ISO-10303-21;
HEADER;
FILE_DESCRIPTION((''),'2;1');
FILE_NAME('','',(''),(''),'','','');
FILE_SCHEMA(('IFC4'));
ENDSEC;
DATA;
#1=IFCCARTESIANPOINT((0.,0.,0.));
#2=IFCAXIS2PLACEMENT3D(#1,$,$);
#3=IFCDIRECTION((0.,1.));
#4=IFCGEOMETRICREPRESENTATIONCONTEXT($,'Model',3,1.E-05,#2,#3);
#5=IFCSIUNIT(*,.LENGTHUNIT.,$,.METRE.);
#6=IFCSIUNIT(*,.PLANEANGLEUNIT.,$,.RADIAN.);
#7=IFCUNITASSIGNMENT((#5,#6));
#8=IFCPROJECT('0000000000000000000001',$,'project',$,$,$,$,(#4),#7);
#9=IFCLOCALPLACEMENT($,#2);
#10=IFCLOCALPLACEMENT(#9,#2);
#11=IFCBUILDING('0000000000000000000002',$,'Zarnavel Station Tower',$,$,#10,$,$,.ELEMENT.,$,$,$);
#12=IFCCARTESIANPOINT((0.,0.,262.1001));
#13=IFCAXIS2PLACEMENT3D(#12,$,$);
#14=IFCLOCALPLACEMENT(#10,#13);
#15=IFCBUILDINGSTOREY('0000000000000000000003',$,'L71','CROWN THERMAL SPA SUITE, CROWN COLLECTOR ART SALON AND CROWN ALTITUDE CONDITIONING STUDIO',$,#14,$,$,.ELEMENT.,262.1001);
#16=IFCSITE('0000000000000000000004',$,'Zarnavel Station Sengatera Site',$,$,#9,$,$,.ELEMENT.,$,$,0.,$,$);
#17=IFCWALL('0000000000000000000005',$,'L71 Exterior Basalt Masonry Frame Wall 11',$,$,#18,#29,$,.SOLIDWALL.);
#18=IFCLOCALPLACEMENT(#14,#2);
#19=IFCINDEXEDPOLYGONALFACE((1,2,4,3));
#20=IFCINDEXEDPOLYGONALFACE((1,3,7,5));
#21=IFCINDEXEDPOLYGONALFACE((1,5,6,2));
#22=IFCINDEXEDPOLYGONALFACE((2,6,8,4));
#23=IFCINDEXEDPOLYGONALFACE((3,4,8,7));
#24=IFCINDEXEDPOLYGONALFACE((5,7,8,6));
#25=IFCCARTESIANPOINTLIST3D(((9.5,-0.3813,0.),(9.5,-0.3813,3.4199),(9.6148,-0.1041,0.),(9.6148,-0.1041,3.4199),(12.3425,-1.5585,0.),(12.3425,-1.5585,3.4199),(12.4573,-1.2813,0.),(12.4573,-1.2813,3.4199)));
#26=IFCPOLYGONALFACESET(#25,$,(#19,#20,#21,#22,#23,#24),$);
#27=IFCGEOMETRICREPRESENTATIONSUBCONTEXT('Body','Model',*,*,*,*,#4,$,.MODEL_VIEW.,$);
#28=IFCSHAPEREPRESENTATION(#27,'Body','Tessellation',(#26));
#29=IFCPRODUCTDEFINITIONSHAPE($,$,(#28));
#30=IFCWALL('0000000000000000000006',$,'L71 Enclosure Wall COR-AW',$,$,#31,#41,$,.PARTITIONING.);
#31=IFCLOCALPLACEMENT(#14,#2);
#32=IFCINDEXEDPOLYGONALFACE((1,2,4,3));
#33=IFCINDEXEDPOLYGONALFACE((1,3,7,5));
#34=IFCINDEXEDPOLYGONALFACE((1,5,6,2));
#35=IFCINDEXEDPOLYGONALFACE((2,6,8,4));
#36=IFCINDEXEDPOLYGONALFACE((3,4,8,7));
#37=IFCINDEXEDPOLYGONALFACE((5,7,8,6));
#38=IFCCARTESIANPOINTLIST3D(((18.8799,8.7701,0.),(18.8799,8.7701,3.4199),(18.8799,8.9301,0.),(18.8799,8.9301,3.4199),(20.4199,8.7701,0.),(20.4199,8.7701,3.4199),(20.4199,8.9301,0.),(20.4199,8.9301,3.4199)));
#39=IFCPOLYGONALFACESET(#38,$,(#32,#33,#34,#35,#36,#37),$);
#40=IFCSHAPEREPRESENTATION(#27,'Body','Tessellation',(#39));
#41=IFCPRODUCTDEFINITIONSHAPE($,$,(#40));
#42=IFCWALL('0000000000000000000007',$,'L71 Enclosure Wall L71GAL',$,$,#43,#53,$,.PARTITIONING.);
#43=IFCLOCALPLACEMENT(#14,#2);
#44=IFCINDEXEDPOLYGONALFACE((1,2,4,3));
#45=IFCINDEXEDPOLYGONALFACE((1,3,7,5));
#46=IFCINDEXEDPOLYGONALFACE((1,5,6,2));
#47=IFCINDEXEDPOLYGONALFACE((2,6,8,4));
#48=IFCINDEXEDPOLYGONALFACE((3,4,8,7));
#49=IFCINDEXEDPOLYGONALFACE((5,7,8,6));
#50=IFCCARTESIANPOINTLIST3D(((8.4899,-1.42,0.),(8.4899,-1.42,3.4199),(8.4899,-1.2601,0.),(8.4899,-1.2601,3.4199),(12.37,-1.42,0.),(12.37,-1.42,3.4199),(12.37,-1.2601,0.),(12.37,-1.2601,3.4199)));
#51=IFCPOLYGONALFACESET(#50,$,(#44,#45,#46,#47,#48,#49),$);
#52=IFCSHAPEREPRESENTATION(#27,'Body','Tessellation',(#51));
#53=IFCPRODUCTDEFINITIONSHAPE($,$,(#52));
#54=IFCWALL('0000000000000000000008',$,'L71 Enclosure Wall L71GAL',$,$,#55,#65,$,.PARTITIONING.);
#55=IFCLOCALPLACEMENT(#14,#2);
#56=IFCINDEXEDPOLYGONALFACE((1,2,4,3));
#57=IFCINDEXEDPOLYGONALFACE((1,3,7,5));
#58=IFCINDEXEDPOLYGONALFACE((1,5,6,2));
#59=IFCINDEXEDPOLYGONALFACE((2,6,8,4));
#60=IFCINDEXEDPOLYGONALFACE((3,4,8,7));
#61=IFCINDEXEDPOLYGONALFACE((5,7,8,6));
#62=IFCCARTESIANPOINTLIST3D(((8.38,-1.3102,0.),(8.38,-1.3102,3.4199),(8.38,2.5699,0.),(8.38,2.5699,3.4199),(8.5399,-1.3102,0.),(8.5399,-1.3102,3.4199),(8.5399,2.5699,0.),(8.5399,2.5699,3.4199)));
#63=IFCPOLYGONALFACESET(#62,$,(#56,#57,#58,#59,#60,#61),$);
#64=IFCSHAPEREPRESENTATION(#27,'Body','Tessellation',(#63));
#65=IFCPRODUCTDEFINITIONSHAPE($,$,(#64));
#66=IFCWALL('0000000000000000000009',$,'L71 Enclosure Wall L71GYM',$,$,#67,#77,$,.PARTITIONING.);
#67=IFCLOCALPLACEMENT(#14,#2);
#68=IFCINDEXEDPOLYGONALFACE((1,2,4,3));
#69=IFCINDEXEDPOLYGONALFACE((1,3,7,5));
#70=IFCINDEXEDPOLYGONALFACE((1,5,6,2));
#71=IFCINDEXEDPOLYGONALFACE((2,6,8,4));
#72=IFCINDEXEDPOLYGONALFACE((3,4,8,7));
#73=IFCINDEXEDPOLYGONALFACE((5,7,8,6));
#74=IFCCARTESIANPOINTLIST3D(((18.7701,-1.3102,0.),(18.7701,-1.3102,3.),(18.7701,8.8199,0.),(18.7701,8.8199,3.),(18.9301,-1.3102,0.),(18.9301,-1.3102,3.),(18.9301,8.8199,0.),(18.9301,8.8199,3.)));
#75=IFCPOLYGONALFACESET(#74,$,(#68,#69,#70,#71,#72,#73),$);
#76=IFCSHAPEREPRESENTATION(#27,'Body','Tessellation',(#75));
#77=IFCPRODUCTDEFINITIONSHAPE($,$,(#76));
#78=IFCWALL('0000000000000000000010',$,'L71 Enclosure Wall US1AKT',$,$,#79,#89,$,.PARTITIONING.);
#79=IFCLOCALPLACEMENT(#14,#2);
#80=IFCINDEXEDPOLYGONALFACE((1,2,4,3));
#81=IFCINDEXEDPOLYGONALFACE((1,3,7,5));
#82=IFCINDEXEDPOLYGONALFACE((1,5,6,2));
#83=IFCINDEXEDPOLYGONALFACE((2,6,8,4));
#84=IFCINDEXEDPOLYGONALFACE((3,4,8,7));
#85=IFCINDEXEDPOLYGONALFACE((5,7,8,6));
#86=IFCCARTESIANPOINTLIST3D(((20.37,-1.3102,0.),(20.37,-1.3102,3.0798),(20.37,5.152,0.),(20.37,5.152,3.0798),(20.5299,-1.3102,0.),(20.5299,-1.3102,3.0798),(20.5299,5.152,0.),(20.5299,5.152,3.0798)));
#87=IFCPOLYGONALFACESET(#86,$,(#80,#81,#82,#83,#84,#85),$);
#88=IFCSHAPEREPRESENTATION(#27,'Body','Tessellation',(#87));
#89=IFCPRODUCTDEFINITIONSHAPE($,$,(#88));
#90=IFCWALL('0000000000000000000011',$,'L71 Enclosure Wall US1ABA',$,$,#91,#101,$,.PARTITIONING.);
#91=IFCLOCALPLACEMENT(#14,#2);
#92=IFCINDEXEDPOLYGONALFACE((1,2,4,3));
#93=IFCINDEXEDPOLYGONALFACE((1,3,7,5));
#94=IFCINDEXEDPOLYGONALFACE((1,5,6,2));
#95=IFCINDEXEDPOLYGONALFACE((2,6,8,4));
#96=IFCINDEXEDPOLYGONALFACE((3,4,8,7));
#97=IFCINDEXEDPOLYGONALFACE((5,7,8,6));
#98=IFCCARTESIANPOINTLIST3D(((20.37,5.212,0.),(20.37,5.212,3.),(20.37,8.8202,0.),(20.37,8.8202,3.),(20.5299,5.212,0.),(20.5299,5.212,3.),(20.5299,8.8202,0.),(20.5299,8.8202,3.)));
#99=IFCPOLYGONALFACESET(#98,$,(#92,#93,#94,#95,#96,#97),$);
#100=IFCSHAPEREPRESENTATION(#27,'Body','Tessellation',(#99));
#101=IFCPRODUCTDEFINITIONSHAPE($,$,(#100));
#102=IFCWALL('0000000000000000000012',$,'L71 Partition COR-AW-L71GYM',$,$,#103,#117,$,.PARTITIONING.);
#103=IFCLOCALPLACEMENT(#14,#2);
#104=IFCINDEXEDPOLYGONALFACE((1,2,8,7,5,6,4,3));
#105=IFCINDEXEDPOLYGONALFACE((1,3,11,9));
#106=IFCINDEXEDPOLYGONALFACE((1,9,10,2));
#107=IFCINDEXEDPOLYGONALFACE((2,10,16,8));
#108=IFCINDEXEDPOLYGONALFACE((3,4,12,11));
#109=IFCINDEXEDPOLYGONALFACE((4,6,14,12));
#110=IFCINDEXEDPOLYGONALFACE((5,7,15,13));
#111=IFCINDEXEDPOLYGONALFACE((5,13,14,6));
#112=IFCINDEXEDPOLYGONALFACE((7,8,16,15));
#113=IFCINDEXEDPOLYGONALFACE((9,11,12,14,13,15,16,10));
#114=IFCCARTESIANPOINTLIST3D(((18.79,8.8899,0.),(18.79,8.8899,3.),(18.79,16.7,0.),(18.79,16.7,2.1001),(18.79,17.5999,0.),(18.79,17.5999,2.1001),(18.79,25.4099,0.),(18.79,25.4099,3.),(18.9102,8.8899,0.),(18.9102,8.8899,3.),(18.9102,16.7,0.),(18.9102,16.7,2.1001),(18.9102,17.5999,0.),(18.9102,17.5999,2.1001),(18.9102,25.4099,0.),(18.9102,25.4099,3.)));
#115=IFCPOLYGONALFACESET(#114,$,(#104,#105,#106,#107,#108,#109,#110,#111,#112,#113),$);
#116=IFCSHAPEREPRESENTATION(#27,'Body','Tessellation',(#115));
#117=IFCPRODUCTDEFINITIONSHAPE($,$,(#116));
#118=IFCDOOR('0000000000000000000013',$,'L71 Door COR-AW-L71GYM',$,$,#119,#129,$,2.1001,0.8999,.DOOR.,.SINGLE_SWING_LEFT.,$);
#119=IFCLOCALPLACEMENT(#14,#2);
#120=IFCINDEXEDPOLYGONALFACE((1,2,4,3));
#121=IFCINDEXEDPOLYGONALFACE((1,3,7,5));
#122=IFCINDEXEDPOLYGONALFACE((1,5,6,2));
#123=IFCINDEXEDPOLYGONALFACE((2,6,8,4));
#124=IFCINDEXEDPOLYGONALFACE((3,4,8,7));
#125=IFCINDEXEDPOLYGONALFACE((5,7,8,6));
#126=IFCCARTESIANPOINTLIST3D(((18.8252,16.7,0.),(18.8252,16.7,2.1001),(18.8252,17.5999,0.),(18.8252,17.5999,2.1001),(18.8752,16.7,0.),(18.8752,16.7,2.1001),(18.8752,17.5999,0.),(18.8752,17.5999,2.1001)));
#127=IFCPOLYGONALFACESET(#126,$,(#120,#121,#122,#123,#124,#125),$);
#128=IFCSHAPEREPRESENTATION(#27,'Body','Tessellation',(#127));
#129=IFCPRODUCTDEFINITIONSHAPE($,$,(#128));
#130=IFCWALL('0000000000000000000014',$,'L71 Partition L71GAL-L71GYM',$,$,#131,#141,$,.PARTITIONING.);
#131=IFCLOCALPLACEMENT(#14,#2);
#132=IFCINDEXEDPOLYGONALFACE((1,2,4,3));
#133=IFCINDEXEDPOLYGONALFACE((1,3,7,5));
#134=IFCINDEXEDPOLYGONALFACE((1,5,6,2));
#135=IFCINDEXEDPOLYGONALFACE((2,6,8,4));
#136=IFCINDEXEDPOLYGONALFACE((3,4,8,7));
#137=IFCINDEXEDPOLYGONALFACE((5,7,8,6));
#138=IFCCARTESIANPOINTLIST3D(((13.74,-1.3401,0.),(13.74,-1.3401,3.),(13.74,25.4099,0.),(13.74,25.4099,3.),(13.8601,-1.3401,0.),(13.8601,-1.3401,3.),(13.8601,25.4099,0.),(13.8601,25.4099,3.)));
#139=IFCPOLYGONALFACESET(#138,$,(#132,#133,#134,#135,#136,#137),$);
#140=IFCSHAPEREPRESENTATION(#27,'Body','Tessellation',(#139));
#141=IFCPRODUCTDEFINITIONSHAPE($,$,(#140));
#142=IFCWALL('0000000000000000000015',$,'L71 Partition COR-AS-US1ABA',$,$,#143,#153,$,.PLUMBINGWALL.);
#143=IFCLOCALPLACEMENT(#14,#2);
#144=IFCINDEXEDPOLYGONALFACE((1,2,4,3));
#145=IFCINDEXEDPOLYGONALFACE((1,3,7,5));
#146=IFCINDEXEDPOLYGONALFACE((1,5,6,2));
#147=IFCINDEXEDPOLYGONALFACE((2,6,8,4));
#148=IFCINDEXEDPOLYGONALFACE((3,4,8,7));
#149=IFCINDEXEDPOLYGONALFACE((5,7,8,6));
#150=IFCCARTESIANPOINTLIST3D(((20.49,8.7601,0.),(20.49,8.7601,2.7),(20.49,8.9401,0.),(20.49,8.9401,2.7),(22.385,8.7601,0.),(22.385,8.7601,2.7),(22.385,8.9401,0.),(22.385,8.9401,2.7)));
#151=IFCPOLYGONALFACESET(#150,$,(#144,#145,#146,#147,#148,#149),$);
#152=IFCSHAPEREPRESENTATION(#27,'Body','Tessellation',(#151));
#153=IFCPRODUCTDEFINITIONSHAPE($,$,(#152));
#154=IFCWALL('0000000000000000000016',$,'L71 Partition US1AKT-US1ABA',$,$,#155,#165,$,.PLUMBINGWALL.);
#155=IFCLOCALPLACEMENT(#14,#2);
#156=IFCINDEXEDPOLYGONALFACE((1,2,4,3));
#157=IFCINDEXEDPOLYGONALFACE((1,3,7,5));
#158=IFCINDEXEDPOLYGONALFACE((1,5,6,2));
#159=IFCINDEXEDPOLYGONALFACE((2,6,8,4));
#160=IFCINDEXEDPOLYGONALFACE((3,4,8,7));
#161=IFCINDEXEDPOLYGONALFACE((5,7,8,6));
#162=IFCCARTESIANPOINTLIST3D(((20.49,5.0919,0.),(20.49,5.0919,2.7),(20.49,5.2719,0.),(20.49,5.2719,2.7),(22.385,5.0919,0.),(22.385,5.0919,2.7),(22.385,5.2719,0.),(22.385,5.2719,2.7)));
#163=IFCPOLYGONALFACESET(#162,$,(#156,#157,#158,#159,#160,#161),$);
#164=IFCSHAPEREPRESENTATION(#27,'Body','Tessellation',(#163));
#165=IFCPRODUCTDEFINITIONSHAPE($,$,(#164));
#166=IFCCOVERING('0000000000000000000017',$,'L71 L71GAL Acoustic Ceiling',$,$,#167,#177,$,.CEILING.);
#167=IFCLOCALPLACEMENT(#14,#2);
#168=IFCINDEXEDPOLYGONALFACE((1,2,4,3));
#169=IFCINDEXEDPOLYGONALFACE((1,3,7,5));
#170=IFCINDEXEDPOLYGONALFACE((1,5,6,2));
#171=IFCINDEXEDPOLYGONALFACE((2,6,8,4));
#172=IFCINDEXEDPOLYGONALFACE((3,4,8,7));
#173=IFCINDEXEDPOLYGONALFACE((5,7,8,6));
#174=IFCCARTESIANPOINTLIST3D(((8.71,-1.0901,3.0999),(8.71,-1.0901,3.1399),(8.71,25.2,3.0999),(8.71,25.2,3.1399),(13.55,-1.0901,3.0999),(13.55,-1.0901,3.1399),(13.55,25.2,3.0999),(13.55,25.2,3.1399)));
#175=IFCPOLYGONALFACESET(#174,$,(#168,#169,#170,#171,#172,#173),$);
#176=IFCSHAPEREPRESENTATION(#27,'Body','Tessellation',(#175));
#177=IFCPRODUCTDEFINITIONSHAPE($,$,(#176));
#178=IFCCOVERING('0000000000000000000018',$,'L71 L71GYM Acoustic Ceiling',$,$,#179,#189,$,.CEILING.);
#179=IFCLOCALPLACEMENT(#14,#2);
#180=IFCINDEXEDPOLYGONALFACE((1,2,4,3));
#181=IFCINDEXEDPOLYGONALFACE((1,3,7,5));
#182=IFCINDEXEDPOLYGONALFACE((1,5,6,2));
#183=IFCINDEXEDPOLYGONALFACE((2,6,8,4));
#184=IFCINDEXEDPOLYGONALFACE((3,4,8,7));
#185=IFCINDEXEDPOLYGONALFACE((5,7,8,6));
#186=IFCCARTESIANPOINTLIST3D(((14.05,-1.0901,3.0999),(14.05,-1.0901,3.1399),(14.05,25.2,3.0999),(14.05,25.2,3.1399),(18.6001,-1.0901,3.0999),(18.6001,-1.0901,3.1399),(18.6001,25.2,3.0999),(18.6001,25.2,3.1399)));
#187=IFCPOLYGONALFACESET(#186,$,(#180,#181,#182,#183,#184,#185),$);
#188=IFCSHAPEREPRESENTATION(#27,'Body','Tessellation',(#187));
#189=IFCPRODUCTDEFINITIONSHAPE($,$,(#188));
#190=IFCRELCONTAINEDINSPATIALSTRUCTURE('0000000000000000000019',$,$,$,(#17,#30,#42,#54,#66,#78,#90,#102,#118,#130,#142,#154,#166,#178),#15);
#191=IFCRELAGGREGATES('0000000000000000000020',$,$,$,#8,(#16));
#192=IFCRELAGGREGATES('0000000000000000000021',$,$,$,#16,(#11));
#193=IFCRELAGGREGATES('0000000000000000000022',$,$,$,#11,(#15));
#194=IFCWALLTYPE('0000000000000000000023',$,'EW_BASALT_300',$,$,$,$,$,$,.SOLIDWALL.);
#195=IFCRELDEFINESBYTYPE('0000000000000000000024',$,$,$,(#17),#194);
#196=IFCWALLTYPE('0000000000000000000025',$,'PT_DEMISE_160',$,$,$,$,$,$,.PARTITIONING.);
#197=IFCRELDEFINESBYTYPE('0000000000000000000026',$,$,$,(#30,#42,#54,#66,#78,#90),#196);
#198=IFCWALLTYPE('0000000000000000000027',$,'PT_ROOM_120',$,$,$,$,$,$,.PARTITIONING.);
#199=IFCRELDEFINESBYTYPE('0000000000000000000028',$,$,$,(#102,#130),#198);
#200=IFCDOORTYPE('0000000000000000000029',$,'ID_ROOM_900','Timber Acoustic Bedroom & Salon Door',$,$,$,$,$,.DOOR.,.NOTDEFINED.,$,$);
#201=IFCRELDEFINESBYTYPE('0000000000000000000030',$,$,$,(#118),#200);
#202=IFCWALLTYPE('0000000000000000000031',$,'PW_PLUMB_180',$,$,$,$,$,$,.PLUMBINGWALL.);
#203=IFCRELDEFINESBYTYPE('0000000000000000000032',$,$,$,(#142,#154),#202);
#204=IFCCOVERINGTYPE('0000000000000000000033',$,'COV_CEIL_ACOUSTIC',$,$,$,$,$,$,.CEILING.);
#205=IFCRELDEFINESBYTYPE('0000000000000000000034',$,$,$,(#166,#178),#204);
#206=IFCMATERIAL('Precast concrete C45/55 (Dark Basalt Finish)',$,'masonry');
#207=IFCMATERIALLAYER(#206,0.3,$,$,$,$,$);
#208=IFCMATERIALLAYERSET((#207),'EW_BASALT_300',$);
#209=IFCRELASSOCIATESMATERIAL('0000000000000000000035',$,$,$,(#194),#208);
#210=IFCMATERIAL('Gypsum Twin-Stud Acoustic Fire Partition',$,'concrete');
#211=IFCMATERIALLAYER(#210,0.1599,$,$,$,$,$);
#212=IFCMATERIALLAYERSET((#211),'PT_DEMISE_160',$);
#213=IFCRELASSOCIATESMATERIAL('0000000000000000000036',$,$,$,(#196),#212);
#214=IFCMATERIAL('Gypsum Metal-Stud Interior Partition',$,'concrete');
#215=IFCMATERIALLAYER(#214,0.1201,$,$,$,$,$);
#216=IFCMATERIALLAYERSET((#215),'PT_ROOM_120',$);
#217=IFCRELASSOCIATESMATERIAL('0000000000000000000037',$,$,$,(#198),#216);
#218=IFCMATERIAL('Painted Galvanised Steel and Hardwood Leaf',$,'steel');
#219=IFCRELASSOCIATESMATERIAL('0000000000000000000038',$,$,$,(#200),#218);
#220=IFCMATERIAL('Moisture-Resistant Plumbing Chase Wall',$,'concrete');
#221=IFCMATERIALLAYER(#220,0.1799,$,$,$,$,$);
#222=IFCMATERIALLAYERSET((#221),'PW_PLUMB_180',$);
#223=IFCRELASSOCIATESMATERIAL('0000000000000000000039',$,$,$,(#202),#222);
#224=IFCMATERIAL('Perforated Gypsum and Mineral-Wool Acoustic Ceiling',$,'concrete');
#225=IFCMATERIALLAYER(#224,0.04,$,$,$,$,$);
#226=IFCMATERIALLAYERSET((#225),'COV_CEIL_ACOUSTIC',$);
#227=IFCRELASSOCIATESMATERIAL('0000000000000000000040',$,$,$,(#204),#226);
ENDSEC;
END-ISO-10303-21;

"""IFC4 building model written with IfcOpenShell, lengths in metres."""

from ifc_helpers import new_model, si_unit, direction, frame, frame_2d, origin, place, context, subcontext, project, spatial, polyline, rectangle, outline, extrude, material, layer, layer_set, type_object, element, fill, save


model = new_model("IFC4")

# Units and contexts
model_context = context("Model", 3, precision=1e-05, world=origin(), true_north=direction((0.0, 1.0)))
body_context = subcontext(model_context, "Body", "Model", "MODEL_VIEW")
ifc_project = project(units=[si_unit("LENGTHUNIT", "METRE"), si_unit("PLANEANGLEUNIT", "RADIAN")], contexts=[model_context])

# Site, building, storey
site_placement = place(None, origin())
site = spatial("IfcSite", under=ifc_project, at=site_placement, Name="Zarnavel Station Sengatera Site", CompositionType="ELEMENT", RefElevation=0.0)
building_placement = place(site_placement, origin())
building = spatial("IfcBuilding", under=site, at=building_placement, Name="Zarnavel Station Tower", CompositionType="ELEMENT")
storey_placement = place(building_placement, frame((0.0, 0.0, 262.1001)))
storey = spatial("IfcBuildingStorey", under=building, at=storey_placement, Name="L71", Description="CROWN THERMAL SPA SUITE, CROWN COLLECTOR ART SALON AND CROWN ALTITUDE CONDITIONING STUDIO", CompositionType="ELEMENT", Elevation=262.1001)

# Shared definitions
ifc_material_1 = material(Name="Precast concrete C45/55 (Dark Basalt Finish)", Category="masonry")
ifc_layer_1 = layer(ifc_material_1, 0.3)
ifc_layer_set_1 = layer_set([ifc_layer_1], Name="EW_BASALT_300")
wall_type_1 = type_object("IfcWallType", Name="EW_BASALT_300", PredefinedType="SOLIDWALL", material=ifc_layer_set_1)

# Walls
wall_1_placement = place(storey_placement, frame((12.3999, -1.4199, 0.0), z_axis=(0.0, 0.0, 1.0), x_axis=(-0.923899, 0.382637, 0.0)))
element("IfcWall", 1, at=wall_1_placement, inside=storey, type_object=wall_type_1, Name="L71 Exterior Basalt Masonry Frame Wall 11", PredefinedType="SOLIDWALL", context=body_context, shape_type="SweptSolid", body=[
    extrude(rectangle(XDim=3.0767, YDim=0.3, at=frame_2d((1.5383, 0.0))), origin(), (0.0, 0.0, 1.0), 3.4199),
])
ifc_material_2 = material(Name="Gypsum Twin-Stud Acoustic Fire Partition", Category="concrete")
ifc_layer_2 = layer(ifc_material_2, 0.1599)
ifc_layer_set_2 = layer_set([ifc_layer_2], Name="PT_DEMISE_160")
wall_type_2 = type_object("IfcWallType", Name="PT_DEMISE_160", PredefinedType="PARTITIONING", material=ifc_layer_set_2)
wall_2_placement = place(storey_placement, frame((18.8799, 8.8501, 0.0), z_axis=(0.0, 0.0, 1.0), x_axis=(1.0, 0.0, 0.0)))
element("IfcWall", 2, at=wall_2_placement, inside=storey, type_object=wall_type_2, Name="L71 Enclosure Wall COR-AW", PredefinedType="PARTITIONING", context=body_context, shape_type="SweptSolid", body=[
    extrude(rectangle(XDim=1.54, YDim=0.1599, at=frame_2d((0.77, 0.0))), origin(), (0.0, 0.0, 1.0), 3.4199),
])
for number, where, z_axis, x_axis, name in (
    (3, (8.49, -1.3401, 0.0), (0.0, 0.0, 1.0), (1.0, 0.0, 0.0), "L71 Enclosure Wall L71GAL"),
    (4, (8.46, -1.3101, 0.0), (0.0, 0.0, 1.0), (0.0, 1.0, 0.0), "L71 Enclosure Wall L71GAL"),
):
    element("IfcWall", number, at=place(storey_placement, frame(where, z_axis=z_axis, x_axis=x_axis)), inside=storey, type_object=wall_type_2, Name=name, PredefinedType="PARTITIONING", context=body_context, shape_type="SweptSolid", body=[
        extrude(rectangle(XDim=3.8801, YDim=0.1599, at=frame_2d((1.9399, 0.0))), origin(), (0.0, 0.0, 1.0), 3.4199),
    ])
wall_3_placement = place(storey_placement, frame((18.8501, -1.3101, 0.0), z_axis=(0.0, 0.0, 1.0), x_axis=(0.0, 1.0, 0.0)))
element("IfcWall", 5, at=wall_3_placement, inside=storey, type_object=wall_type_2, Name="L71 Enclosure Wall L71GYM", PredefinedType="PARTITIONING", context=body_context, shape_type="SweptSolid", body=[
    extrude(rectangle(XDim=10.1301, YDim=0.1599, at=frame_2d((5.0649, 0.0))), origin(), (0.0, 0.0, 1.0), 3.0),
])
wall_4_placement = place(storey_placement, frame((20.45, -1.3101, 0.0), z_axis=(0.0, 0.0, 1.0), x_axis=(0.0, 1.0, 0.0)))
element("IfcWall", 6, at=wall_4_placement, inside=storey, type_object=wall_type_2, Name="L71 Enclosure Wall US1AKT", PredefinedType="PARTITIONING", context=body_context, shape_type="SweptSolid", body=[
    extrude(rectangle(XDim=6.4622, YDim=0.1599, at=frame_2d((3.231, 0.0))), origin(), (0.0, 0.0, 1.0), 3.0798),
])
wall_5_placement = place(storey_placement, frame((20.45, 5.2119, 0.0), z_axis=(0.0, 0.0, 1.0), x_axis=(0.0, 1.0, 0.0)))
element("IfcWall", 7, at=wall_5_placement, inside=storey, type_object=wall_type_2, Name="L71 Enclosure Wall US1ABA", PredefinedType="PARTITIONING", context=body_context, shape_type="SweptSolid", body=[
    extrude(rectangle(XDim=3.6082, YDim=0.1599, at=frame_2d((1.8042, 0.0))), origin(), (0.0, 0.0, 1.0), 3.0),
])

# Wall, opening, door
ifc_material_3 = material(Name="Gypsum Metal-Stud Interior Partition", Category="concrete")
ifc_layer_3 = layer(ifc_material_3, 0.1201)
ifc_layer_set_3 = layer_set([ifc_layer_3], Name="PT_ROOM_120")
wall_type_3 = type_object("IfcWallType", Name="PT_ROOM_120", PredefinedType="PARTITIONING", material=ifc_layer_set_3)
wall_6_placement = place(storey_placement, frame((18.8501, 8.8899, 0.0), z_axis=(0.0, 0.0, 1.0), x_axis=(0.0, 1.0, 0.0)))
wall_6 = element("IfcWall", 8, at=wall_6_placement, inside=storey, type_object=wall_type_3, Name="L71 Partition COR-AW-L71GYM", PredefinedType="PARTITIONING", context=body_context, shape_type="SweptSolid", body=[
    extrude(rectangle(XDim=16.52, YDim=0.1201, at=frame_2d((8.26, 0.0))), origin(), (0.0, 0.0, 1.0), 3.0),
])
opening_1_placement = place(wall_6_placement, frame((7.8101, 0.0, 0.0)))
opening_1 = element("IfcOpeningElement", 9, at=opening_1_placement, cuts=wall_6, PredefinedType="OPENING", context=body_context, shape_type="SweptSolid", body=[
    extrude(rectangle(XDim=0.8999, YDim=2.1001, at=frame_2d((0.45, 1.05))), frame((0.0, 0.0701, 0.0), z_axis=(0.0, -1.0, 0.0), x_axis=(1.0, 0.0, 0.0)), (0.0, 0.0, 1.0), 0.1401),
])
ifc_material_4 = material(Name="Painted Galvanised Steel and Hardwood Leaf", Category="steel")
door_type = type_object("IfcDoorType", Name="ID_ROOM_900", Description="Timber Acoustic Bedroom & Salon Door", OperationType="NOTDEFINED", PredefinedType="DOOR", material=ifc_material_4)
door_placement = place(opening_1_placement, origin())
door = element("IfcDoor", 10, at=door_placement, inside=storey, type_object=door_type, Name="L71 Door COR-AW-L71GYM", OperationType="SINGLE_SWING_LEFT", OverallHeight=2.1001, OverallWidth=0.8999, PredefinedType="DOOR", context=body_context, shape_type="SweptSolid", body=[
    extrude(rectangle(XDim=0.8999, YDim=2.1001, at=frame_2d((0.45, 1.05))), frame((0.0, 0.0249, 0.0), z_axis=(0.0, -1.0, 0.0), x_axis=(1.0, 0.0, 0.0)), (0.0, 0.0, 1.0), 0.05),
])
fill(opening_1, door)

# Walls
wall_7_placement = place(storey_placement, frame((13.8, -1.3401, 0.0), z_axis=(0.0, 0.0, 1.0), x_axis=(0.0, 1.0, 0.0)))
element("IfcWall", 11, at=wall_7_placement, inside=storey, type_object=wall_type_3, Name="L71 Partition L71GAL-L71GYM", PredefinedType="PARTITIONING", context=body_context, shape_type="SweptSolid", body=[
    extrude(rectangle(XDim=26.75, YDim=0.1201, at=frame_2d((13.375, 0.0))), origin(), (0.0, 0.0, 1.0), 3.0),
])
ifc_material_5 = material(Name="Moisture-Resistant Plumbing Chase Wall", Category="concrete")
ifc_layer_4 = layer(ifc_material_5, 0.1799)
ifc_layer_set_4 = layer_set([ifc_layer_4], Name="PW_PLUMB_180")
wall_type_4 = type_object("IfcWallType", Name="PW_PLUMB_180", PredefinedType="PLUMBINGWALL", material=ifc_layer_set_4)
for number, where, z_axis, x_axis, name in (
    (12, (20.49, 8.8501, 0.0), (0.0, 0.0, 1.0), (1.0, 0.0, 0.0), "L71 Partition COR-AS-US1ABA"),
    (13, (20.49, 5.1819, 0.0), (0.0, 0.0, 1.0), (1.0, 0.0, 0.0), "L71 Partition US1AKT-US1ABA"),
):
    element("IfcWall", number, at=place(storey_placement, frame(where, z_axis=z_axis, x_axis=x_axis)), inside=storey, type_object=wall_type_4, Name=name, PredefinedType="PLUMBINGWALL", context=body_context, shape_type="SweptSolid", body=[
        extrude(rectangle(XDim=1.895, YDim=0.1799, at=frame_2d((0.9475, 0.0))), origin(), (0.0, 0.0, 1.0), 2.7),
    ])

# Coverings
ifc_material_6 = material(Name="Perforated Gypsum and Mineral-Wool Acoustic Ceiling", Category="concrete")
ifc_layer_5 = layer(ifc_material_6, 0.04)
ifc_layer_set_5 = layer_set([ifc_layer_5], Name="COV_CEIL_ACOUSTIC")
covering_type_1 = type_object("IfcCoveringType", Name="COV_CEIL_ACOUSTIC", PredefinedType="CEILING", material=ifc_layer_set_5)
covering_1_placement = place(storey_placement, frame((0.0, 0.0, 3.0999)))
element("IfcCovering", 14, at=covering_1_placement, inside=storey, type_object=covering_type_1, Name="L71 L71GAL Acoustic Ceiling", PredefinedType="CEILING", context=body_context, shape_type="SweptSolid", body=[
    extrude(outline(polyline([(8.71, -1.0901), (13.55, -1.0901), (13.55, 25.2), (8.71, 25.2), (8.71, -1.0901)])), origin(), (0.0, 0.0, 1.0), 0.04),
])
covering_2_placement = place(storey_placement, frame((0.0, 0.0, 3.0999)))
element("IfcCovering", 15, at=covering_2_placement, inside=storey, type_object=covering_type_1, Name="L71 L71GYM Acoustic Ceiling", PredefinedType="CEILING", context=body_context, shape_type="SweptSolid", body=[
    extrude(outline(polyline([(14.05, -1.0901), (18.6001, -1.0901), (18.6001, 25.2), (14.05, 25.2), (14.05, -1.0901)])), origin(), (0.0, 0.0, 1.0), 0.04),
])

save(model, "model.ifc")
